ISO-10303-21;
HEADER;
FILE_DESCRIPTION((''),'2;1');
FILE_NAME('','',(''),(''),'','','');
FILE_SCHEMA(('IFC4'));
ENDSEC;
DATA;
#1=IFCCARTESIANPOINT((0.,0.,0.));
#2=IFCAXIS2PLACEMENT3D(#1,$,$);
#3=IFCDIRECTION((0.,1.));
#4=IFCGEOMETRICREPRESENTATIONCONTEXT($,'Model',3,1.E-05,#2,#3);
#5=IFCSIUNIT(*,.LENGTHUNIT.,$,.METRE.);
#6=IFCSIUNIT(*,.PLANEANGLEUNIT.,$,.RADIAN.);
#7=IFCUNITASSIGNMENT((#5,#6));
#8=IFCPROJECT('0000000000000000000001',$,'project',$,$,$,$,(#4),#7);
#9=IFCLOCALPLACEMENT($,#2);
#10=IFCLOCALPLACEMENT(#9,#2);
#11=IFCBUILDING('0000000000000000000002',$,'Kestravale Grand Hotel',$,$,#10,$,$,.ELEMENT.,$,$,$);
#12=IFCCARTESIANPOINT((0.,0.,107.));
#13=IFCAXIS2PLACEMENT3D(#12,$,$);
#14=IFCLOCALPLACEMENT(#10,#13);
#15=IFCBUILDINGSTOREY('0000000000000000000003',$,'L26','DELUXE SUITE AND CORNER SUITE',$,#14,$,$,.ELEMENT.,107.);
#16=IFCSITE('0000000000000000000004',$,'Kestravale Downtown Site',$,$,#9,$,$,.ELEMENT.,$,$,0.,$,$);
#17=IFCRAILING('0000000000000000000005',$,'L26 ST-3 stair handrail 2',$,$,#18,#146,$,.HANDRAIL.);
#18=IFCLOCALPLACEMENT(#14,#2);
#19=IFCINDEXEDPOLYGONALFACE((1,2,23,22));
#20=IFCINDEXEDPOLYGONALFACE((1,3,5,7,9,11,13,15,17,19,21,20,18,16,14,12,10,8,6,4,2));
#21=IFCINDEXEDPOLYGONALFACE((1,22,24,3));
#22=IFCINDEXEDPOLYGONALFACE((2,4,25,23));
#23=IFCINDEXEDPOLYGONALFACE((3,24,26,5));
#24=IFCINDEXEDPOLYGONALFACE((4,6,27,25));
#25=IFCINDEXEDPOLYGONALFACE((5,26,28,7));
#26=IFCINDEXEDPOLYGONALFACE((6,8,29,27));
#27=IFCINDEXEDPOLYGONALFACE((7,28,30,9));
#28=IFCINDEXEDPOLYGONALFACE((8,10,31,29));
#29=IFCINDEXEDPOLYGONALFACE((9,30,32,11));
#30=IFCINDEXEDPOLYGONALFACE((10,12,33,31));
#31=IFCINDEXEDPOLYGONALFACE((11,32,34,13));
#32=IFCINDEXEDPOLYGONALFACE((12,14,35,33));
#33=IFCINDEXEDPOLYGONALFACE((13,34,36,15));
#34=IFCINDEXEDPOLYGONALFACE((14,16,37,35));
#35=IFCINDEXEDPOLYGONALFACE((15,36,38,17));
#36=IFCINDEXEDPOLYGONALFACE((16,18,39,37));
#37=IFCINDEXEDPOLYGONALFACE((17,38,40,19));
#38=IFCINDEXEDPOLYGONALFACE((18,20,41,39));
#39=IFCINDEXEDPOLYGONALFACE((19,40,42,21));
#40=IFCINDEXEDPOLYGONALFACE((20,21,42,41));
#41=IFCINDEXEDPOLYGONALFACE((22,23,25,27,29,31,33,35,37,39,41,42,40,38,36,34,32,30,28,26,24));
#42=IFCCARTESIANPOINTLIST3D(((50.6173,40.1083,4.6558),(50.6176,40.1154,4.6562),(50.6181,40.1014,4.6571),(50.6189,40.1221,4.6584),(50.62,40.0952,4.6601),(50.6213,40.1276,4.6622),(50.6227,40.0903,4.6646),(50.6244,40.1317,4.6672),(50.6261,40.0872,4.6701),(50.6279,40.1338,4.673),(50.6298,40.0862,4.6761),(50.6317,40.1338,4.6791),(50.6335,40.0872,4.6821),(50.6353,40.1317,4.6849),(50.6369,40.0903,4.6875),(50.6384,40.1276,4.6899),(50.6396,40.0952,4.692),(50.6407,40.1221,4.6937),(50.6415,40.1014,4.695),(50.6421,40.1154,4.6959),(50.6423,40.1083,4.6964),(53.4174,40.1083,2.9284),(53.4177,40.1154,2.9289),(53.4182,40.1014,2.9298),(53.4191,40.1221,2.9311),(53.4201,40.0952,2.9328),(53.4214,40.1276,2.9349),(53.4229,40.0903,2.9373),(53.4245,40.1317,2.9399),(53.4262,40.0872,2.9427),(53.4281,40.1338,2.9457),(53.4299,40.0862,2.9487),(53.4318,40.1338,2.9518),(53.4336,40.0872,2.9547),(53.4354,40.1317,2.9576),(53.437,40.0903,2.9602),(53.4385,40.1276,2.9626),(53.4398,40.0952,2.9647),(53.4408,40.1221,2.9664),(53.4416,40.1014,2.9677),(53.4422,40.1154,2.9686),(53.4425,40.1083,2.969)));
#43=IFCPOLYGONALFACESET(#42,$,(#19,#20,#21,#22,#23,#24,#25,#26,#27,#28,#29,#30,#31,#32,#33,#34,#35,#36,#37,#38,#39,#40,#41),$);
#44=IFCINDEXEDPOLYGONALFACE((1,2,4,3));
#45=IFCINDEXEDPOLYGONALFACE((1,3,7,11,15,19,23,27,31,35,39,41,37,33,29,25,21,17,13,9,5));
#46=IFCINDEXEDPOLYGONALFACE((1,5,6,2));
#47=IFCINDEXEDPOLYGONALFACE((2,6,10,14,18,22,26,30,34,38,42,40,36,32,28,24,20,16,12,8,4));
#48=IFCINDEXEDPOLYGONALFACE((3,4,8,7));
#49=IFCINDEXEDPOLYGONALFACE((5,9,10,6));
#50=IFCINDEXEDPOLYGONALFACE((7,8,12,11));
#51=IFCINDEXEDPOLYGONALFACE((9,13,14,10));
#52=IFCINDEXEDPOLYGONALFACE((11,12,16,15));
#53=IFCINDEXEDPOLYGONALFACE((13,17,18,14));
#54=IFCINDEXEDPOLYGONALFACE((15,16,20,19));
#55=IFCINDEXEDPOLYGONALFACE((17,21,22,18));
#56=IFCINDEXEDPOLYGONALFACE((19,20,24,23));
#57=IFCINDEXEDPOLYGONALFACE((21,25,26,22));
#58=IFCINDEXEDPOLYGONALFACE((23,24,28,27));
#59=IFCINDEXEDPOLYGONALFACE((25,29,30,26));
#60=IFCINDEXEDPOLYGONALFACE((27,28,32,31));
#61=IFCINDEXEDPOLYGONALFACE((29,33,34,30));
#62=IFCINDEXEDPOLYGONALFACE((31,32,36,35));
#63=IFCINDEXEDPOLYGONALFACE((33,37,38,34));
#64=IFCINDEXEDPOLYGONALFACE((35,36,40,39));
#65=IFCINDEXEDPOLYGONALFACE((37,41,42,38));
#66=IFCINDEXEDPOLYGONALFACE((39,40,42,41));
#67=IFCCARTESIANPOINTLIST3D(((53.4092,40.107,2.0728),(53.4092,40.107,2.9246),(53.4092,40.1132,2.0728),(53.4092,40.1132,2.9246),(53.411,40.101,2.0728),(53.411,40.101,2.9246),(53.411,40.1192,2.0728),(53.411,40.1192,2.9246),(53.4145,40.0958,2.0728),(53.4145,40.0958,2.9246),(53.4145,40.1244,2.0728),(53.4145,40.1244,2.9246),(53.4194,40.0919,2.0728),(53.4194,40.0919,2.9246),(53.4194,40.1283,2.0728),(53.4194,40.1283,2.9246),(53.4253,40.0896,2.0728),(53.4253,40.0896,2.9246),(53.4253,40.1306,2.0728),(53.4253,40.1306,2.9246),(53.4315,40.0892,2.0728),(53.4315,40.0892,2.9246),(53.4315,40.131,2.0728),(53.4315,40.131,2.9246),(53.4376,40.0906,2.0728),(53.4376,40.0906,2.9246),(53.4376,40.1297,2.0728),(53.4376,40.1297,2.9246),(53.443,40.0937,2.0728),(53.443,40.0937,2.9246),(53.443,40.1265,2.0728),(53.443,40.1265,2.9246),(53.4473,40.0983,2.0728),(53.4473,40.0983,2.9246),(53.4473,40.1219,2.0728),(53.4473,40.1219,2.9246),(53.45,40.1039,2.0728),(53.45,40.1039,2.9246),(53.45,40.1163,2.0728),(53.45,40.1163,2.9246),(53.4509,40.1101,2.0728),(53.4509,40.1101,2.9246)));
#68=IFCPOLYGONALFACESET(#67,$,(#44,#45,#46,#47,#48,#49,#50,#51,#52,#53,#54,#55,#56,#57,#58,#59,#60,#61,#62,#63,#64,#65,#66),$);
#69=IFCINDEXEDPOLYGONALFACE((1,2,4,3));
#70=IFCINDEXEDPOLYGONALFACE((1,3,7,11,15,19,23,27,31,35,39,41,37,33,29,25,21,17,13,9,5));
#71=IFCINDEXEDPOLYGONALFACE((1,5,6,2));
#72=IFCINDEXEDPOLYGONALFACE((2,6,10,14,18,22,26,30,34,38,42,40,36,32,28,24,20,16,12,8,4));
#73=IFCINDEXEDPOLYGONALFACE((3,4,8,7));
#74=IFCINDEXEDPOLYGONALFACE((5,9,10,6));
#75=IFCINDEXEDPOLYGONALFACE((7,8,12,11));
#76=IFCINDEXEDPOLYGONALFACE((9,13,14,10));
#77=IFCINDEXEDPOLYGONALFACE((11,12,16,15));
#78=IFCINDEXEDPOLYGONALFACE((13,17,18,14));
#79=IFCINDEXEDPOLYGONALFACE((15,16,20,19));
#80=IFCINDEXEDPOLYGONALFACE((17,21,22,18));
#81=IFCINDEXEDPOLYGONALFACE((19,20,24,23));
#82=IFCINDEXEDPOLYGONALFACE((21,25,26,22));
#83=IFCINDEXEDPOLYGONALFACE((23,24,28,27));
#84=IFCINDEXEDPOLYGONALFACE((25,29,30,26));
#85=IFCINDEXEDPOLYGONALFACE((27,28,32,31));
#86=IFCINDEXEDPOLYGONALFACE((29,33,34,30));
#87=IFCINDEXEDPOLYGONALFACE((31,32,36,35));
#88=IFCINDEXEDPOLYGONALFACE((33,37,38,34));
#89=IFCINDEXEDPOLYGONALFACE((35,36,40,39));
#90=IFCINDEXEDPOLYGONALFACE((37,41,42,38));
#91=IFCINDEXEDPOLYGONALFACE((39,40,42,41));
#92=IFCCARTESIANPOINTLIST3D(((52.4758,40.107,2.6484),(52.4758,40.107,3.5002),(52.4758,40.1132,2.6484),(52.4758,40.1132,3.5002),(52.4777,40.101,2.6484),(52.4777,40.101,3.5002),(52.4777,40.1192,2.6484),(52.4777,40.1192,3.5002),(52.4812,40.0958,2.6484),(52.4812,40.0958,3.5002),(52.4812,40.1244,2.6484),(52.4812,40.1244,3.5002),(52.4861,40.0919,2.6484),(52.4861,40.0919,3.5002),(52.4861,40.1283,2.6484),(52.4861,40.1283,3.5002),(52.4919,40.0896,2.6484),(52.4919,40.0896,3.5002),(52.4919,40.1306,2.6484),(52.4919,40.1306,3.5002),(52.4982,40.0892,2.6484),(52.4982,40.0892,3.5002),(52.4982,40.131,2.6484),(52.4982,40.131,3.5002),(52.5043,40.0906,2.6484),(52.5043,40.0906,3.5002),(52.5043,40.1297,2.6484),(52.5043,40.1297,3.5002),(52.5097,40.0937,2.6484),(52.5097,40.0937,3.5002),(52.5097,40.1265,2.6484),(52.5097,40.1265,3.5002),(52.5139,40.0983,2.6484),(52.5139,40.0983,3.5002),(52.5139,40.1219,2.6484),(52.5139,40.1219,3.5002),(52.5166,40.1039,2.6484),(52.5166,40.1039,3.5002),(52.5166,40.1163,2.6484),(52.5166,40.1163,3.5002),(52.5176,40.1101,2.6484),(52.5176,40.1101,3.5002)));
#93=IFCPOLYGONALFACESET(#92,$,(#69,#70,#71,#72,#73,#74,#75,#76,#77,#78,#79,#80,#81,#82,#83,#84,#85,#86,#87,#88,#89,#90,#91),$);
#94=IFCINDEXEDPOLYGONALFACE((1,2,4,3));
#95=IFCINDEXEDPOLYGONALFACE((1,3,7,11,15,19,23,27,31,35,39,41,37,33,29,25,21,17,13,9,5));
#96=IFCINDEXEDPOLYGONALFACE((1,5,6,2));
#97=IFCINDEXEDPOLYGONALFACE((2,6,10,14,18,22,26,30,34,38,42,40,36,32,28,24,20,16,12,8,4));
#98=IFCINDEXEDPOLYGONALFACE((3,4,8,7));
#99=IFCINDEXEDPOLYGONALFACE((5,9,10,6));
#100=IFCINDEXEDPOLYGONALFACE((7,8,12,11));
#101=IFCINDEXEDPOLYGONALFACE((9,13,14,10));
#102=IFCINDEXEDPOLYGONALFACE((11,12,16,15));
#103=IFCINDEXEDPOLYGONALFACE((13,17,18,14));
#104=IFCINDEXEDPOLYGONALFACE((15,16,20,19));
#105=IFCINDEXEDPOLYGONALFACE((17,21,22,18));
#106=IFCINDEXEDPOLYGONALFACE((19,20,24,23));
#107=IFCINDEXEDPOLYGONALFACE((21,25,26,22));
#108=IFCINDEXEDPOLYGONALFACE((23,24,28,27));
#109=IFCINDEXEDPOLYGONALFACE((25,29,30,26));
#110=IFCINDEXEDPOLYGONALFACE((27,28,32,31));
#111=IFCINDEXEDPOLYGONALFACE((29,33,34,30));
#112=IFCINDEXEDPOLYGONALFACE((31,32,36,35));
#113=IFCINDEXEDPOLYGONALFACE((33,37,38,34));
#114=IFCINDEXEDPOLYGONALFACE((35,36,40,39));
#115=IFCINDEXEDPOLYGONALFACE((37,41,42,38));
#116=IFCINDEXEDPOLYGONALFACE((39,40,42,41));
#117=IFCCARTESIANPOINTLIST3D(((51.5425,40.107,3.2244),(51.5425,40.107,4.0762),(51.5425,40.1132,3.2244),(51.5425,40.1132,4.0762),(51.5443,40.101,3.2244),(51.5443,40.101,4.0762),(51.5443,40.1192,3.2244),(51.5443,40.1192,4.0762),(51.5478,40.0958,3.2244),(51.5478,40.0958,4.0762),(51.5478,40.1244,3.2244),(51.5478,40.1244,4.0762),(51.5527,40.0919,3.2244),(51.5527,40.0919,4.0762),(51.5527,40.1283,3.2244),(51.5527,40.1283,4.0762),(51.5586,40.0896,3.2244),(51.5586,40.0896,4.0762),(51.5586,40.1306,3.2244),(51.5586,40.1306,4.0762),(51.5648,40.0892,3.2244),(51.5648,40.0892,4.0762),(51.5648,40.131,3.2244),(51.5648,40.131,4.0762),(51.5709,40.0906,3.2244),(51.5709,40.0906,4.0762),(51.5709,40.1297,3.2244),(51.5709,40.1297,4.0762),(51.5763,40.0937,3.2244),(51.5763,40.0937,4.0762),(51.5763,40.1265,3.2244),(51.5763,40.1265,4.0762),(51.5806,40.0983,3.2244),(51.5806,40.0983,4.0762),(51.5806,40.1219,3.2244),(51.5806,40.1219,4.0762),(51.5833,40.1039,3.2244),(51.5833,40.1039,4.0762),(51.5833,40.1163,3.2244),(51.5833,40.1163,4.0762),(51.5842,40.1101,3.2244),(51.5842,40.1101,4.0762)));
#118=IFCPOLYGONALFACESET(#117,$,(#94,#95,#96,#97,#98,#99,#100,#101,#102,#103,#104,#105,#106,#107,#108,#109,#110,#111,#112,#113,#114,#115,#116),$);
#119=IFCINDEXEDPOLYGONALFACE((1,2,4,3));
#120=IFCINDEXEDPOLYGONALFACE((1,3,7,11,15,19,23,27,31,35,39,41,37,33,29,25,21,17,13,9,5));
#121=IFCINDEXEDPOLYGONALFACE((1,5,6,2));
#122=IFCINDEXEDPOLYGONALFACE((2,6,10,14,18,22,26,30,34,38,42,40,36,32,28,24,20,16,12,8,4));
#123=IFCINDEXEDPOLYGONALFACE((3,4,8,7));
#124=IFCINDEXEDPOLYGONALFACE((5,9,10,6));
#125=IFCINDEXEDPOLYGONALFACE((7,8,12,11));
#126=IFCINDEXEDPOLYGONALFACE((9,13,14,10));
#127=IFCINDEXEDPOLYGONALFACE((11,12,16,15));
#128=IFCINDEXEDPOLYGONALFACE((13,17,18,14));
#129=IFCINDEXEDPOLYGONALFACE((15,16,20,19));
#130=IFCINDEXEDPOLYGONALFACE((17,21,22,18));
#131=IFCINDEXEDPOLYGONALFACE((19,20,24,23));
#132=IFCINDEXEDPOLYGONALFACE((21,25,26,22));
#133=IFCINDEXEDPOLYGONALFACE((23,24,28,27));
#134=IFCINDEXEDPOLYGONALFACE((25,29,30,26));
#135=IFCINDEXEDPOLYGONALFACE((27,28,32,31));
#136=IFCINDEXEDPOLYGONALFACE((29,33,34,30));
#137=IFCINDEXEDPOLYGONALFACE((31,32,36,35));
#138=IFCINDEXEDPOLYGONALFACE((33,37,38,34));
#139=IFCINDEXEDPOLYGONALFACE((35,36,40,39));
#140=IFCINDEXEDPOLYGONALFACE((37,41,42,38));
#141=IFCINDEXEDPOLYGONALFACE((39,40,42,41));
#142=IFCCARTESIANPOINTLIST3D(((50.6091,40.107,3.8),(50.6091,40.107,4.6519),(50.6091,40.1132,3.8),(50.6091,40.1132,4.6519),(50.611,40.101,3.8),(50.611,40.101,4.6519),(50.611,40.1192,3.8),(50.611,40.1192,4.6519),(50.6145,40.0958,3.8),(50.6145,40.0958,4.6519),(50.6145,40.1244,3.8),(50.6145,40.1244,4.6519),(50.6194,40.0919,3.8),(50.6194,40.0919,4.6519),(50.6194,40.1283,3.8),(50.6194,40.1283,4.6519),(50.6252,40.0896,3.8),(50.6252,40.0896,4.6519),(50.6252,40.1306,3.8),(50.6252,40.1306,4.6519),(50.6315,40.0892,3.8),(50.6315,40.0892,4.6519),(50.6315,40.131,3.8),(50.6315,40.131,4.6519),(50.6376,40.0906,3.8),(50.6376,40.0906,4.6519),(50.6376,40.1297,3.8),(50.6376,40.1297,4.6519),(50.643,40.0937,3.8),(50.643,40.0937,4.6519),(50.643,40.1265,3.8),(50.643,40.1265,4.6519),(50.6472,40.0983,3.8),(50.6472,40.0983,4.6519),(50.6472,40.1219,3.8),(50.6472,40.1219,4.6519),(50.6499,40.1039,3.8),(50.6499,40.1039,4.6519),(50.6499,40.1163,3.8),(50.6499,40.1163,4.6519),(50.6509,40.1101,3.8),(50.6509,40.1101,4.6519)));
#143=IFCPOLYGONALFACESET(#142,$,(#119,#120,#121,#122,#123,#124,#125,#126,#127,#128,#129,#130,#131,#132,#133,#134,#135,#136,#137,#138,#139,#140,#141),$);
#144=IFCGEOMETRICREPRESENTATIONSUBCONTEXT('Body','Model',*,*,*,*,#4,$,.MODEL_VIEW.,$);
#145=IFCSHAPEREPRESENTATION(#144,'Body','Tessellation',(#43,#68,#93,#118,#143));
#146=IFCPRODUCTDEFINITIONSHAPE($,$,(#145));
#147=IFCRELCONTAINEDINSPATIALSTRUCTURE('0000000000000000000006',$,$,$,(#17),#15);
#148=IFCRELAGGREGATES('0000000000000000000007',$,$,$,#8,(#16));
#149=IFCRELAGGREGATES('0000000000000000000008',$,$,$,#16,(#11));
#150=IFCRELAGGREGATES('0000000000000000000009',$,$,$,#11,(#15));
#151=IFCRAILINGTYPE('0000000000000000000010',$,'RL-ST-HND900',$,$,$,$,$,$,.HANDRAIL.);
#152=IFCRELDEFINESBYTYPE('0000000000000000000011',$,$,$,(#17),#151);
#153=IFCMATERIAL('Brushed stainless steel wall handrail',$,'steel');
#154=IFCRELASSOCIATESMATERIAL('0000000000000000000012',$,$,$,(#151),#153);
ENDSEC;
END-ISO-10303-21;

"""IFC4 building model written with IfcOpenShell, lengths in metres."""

from ifc_helpers import new_model, si_unit, direction, frame, origin, origin_2d, place, context, subcontext, project, spatial, circle, extrude, material, type_object, element, save


model = new_model("IFC4")

# Units and contexts
model_context = context("Model", 3, precision=1e-05, world=origin(), true_north=direction((0.0, 1.0)))
body_context = subcontext(model_context, "Body", "Model", "MODEL_VIEW")
ifc_project = project(units=[si_unit("LENGTHUNIT", "METRE"), si_unit("PLANEANGLEUNIT", "RADIAN")], contexts=[model_context])

# Site, building, storey
site_placement = place(None, origin())
site = spatial("IfcSite", under=ifc_project, at=site_placement, Name="Kestravale Downtown Site", CompositionType="ELEMENT", RefElevation=0.0)
building_placement = place(site_placement, origin())
building = spatial("IfcBuilding", under=site, at=building_placement, Name="Kestravale Grand Hotel", CompositionType="ELEMENT")
storey_placement = place(building_placement, frame((0.0, 0.0, 107.0)))
storey = spatial("IfcBuildingStorey", under=building, at=storey_placement, Name="L26", Description="DELUXE SUITE AND CORNER SUITE", CompositionType="ELEMENT", Elevation=107.0)

# Railing
ifc_material_1 = material(Name="Brushed stainless steel wall handrail", Category="steel")
railing_type_1 = type_object("IfcRailingType", Name="RL-ST-HND900", PredefinedType="HANDRAIL", material=ifc_material_1)
railing_1_placement = place(storey_placement, frame((53.4299, 40.1101, 2.0728)))
element("IfcRailing", 1, at=railing_1_placement, inside=storey, type_object=railing_type_1, Name="L26 ST-3 stair handrail 2", PredefinedType="HANDRAIL", context=body_context, shape_type="SweptSolid", body=[
    extrude(circle(Radius=0.0239, at=origin_2d()), frame((0.0, 0.0, 0.876), z_axis=(-0.85109, 0.0, 0.52502), x_axis=(0.0, -1.0, 0.0)), (0.0, 0.0, 1.0), 3.29),
    extrude(circle(Radius=0.021, at=origin_2d()), origin(), (0.0, 0.0, 1.0), 0.8518),
    extrude(circle(Radius=0.021, at=origin_2d()), frame((-0.9333, 0.0, 0.5757)), (0.0, 0.0, 1.0), 0.8518),
    extrude(circle(Radius=0.021, at=origin_2d()), frame((-1.8667, 0.0, 1.1516)), (0.0, 0.0, 1.0), 0.8518),
    extrude(circle(Radius=0.021, at=origin_2d()), frame((-2.8, 0.0, 1.7273)), (0.0, 0.0, 1.0), 0.8518),
])

save(model, "model.ifc")
